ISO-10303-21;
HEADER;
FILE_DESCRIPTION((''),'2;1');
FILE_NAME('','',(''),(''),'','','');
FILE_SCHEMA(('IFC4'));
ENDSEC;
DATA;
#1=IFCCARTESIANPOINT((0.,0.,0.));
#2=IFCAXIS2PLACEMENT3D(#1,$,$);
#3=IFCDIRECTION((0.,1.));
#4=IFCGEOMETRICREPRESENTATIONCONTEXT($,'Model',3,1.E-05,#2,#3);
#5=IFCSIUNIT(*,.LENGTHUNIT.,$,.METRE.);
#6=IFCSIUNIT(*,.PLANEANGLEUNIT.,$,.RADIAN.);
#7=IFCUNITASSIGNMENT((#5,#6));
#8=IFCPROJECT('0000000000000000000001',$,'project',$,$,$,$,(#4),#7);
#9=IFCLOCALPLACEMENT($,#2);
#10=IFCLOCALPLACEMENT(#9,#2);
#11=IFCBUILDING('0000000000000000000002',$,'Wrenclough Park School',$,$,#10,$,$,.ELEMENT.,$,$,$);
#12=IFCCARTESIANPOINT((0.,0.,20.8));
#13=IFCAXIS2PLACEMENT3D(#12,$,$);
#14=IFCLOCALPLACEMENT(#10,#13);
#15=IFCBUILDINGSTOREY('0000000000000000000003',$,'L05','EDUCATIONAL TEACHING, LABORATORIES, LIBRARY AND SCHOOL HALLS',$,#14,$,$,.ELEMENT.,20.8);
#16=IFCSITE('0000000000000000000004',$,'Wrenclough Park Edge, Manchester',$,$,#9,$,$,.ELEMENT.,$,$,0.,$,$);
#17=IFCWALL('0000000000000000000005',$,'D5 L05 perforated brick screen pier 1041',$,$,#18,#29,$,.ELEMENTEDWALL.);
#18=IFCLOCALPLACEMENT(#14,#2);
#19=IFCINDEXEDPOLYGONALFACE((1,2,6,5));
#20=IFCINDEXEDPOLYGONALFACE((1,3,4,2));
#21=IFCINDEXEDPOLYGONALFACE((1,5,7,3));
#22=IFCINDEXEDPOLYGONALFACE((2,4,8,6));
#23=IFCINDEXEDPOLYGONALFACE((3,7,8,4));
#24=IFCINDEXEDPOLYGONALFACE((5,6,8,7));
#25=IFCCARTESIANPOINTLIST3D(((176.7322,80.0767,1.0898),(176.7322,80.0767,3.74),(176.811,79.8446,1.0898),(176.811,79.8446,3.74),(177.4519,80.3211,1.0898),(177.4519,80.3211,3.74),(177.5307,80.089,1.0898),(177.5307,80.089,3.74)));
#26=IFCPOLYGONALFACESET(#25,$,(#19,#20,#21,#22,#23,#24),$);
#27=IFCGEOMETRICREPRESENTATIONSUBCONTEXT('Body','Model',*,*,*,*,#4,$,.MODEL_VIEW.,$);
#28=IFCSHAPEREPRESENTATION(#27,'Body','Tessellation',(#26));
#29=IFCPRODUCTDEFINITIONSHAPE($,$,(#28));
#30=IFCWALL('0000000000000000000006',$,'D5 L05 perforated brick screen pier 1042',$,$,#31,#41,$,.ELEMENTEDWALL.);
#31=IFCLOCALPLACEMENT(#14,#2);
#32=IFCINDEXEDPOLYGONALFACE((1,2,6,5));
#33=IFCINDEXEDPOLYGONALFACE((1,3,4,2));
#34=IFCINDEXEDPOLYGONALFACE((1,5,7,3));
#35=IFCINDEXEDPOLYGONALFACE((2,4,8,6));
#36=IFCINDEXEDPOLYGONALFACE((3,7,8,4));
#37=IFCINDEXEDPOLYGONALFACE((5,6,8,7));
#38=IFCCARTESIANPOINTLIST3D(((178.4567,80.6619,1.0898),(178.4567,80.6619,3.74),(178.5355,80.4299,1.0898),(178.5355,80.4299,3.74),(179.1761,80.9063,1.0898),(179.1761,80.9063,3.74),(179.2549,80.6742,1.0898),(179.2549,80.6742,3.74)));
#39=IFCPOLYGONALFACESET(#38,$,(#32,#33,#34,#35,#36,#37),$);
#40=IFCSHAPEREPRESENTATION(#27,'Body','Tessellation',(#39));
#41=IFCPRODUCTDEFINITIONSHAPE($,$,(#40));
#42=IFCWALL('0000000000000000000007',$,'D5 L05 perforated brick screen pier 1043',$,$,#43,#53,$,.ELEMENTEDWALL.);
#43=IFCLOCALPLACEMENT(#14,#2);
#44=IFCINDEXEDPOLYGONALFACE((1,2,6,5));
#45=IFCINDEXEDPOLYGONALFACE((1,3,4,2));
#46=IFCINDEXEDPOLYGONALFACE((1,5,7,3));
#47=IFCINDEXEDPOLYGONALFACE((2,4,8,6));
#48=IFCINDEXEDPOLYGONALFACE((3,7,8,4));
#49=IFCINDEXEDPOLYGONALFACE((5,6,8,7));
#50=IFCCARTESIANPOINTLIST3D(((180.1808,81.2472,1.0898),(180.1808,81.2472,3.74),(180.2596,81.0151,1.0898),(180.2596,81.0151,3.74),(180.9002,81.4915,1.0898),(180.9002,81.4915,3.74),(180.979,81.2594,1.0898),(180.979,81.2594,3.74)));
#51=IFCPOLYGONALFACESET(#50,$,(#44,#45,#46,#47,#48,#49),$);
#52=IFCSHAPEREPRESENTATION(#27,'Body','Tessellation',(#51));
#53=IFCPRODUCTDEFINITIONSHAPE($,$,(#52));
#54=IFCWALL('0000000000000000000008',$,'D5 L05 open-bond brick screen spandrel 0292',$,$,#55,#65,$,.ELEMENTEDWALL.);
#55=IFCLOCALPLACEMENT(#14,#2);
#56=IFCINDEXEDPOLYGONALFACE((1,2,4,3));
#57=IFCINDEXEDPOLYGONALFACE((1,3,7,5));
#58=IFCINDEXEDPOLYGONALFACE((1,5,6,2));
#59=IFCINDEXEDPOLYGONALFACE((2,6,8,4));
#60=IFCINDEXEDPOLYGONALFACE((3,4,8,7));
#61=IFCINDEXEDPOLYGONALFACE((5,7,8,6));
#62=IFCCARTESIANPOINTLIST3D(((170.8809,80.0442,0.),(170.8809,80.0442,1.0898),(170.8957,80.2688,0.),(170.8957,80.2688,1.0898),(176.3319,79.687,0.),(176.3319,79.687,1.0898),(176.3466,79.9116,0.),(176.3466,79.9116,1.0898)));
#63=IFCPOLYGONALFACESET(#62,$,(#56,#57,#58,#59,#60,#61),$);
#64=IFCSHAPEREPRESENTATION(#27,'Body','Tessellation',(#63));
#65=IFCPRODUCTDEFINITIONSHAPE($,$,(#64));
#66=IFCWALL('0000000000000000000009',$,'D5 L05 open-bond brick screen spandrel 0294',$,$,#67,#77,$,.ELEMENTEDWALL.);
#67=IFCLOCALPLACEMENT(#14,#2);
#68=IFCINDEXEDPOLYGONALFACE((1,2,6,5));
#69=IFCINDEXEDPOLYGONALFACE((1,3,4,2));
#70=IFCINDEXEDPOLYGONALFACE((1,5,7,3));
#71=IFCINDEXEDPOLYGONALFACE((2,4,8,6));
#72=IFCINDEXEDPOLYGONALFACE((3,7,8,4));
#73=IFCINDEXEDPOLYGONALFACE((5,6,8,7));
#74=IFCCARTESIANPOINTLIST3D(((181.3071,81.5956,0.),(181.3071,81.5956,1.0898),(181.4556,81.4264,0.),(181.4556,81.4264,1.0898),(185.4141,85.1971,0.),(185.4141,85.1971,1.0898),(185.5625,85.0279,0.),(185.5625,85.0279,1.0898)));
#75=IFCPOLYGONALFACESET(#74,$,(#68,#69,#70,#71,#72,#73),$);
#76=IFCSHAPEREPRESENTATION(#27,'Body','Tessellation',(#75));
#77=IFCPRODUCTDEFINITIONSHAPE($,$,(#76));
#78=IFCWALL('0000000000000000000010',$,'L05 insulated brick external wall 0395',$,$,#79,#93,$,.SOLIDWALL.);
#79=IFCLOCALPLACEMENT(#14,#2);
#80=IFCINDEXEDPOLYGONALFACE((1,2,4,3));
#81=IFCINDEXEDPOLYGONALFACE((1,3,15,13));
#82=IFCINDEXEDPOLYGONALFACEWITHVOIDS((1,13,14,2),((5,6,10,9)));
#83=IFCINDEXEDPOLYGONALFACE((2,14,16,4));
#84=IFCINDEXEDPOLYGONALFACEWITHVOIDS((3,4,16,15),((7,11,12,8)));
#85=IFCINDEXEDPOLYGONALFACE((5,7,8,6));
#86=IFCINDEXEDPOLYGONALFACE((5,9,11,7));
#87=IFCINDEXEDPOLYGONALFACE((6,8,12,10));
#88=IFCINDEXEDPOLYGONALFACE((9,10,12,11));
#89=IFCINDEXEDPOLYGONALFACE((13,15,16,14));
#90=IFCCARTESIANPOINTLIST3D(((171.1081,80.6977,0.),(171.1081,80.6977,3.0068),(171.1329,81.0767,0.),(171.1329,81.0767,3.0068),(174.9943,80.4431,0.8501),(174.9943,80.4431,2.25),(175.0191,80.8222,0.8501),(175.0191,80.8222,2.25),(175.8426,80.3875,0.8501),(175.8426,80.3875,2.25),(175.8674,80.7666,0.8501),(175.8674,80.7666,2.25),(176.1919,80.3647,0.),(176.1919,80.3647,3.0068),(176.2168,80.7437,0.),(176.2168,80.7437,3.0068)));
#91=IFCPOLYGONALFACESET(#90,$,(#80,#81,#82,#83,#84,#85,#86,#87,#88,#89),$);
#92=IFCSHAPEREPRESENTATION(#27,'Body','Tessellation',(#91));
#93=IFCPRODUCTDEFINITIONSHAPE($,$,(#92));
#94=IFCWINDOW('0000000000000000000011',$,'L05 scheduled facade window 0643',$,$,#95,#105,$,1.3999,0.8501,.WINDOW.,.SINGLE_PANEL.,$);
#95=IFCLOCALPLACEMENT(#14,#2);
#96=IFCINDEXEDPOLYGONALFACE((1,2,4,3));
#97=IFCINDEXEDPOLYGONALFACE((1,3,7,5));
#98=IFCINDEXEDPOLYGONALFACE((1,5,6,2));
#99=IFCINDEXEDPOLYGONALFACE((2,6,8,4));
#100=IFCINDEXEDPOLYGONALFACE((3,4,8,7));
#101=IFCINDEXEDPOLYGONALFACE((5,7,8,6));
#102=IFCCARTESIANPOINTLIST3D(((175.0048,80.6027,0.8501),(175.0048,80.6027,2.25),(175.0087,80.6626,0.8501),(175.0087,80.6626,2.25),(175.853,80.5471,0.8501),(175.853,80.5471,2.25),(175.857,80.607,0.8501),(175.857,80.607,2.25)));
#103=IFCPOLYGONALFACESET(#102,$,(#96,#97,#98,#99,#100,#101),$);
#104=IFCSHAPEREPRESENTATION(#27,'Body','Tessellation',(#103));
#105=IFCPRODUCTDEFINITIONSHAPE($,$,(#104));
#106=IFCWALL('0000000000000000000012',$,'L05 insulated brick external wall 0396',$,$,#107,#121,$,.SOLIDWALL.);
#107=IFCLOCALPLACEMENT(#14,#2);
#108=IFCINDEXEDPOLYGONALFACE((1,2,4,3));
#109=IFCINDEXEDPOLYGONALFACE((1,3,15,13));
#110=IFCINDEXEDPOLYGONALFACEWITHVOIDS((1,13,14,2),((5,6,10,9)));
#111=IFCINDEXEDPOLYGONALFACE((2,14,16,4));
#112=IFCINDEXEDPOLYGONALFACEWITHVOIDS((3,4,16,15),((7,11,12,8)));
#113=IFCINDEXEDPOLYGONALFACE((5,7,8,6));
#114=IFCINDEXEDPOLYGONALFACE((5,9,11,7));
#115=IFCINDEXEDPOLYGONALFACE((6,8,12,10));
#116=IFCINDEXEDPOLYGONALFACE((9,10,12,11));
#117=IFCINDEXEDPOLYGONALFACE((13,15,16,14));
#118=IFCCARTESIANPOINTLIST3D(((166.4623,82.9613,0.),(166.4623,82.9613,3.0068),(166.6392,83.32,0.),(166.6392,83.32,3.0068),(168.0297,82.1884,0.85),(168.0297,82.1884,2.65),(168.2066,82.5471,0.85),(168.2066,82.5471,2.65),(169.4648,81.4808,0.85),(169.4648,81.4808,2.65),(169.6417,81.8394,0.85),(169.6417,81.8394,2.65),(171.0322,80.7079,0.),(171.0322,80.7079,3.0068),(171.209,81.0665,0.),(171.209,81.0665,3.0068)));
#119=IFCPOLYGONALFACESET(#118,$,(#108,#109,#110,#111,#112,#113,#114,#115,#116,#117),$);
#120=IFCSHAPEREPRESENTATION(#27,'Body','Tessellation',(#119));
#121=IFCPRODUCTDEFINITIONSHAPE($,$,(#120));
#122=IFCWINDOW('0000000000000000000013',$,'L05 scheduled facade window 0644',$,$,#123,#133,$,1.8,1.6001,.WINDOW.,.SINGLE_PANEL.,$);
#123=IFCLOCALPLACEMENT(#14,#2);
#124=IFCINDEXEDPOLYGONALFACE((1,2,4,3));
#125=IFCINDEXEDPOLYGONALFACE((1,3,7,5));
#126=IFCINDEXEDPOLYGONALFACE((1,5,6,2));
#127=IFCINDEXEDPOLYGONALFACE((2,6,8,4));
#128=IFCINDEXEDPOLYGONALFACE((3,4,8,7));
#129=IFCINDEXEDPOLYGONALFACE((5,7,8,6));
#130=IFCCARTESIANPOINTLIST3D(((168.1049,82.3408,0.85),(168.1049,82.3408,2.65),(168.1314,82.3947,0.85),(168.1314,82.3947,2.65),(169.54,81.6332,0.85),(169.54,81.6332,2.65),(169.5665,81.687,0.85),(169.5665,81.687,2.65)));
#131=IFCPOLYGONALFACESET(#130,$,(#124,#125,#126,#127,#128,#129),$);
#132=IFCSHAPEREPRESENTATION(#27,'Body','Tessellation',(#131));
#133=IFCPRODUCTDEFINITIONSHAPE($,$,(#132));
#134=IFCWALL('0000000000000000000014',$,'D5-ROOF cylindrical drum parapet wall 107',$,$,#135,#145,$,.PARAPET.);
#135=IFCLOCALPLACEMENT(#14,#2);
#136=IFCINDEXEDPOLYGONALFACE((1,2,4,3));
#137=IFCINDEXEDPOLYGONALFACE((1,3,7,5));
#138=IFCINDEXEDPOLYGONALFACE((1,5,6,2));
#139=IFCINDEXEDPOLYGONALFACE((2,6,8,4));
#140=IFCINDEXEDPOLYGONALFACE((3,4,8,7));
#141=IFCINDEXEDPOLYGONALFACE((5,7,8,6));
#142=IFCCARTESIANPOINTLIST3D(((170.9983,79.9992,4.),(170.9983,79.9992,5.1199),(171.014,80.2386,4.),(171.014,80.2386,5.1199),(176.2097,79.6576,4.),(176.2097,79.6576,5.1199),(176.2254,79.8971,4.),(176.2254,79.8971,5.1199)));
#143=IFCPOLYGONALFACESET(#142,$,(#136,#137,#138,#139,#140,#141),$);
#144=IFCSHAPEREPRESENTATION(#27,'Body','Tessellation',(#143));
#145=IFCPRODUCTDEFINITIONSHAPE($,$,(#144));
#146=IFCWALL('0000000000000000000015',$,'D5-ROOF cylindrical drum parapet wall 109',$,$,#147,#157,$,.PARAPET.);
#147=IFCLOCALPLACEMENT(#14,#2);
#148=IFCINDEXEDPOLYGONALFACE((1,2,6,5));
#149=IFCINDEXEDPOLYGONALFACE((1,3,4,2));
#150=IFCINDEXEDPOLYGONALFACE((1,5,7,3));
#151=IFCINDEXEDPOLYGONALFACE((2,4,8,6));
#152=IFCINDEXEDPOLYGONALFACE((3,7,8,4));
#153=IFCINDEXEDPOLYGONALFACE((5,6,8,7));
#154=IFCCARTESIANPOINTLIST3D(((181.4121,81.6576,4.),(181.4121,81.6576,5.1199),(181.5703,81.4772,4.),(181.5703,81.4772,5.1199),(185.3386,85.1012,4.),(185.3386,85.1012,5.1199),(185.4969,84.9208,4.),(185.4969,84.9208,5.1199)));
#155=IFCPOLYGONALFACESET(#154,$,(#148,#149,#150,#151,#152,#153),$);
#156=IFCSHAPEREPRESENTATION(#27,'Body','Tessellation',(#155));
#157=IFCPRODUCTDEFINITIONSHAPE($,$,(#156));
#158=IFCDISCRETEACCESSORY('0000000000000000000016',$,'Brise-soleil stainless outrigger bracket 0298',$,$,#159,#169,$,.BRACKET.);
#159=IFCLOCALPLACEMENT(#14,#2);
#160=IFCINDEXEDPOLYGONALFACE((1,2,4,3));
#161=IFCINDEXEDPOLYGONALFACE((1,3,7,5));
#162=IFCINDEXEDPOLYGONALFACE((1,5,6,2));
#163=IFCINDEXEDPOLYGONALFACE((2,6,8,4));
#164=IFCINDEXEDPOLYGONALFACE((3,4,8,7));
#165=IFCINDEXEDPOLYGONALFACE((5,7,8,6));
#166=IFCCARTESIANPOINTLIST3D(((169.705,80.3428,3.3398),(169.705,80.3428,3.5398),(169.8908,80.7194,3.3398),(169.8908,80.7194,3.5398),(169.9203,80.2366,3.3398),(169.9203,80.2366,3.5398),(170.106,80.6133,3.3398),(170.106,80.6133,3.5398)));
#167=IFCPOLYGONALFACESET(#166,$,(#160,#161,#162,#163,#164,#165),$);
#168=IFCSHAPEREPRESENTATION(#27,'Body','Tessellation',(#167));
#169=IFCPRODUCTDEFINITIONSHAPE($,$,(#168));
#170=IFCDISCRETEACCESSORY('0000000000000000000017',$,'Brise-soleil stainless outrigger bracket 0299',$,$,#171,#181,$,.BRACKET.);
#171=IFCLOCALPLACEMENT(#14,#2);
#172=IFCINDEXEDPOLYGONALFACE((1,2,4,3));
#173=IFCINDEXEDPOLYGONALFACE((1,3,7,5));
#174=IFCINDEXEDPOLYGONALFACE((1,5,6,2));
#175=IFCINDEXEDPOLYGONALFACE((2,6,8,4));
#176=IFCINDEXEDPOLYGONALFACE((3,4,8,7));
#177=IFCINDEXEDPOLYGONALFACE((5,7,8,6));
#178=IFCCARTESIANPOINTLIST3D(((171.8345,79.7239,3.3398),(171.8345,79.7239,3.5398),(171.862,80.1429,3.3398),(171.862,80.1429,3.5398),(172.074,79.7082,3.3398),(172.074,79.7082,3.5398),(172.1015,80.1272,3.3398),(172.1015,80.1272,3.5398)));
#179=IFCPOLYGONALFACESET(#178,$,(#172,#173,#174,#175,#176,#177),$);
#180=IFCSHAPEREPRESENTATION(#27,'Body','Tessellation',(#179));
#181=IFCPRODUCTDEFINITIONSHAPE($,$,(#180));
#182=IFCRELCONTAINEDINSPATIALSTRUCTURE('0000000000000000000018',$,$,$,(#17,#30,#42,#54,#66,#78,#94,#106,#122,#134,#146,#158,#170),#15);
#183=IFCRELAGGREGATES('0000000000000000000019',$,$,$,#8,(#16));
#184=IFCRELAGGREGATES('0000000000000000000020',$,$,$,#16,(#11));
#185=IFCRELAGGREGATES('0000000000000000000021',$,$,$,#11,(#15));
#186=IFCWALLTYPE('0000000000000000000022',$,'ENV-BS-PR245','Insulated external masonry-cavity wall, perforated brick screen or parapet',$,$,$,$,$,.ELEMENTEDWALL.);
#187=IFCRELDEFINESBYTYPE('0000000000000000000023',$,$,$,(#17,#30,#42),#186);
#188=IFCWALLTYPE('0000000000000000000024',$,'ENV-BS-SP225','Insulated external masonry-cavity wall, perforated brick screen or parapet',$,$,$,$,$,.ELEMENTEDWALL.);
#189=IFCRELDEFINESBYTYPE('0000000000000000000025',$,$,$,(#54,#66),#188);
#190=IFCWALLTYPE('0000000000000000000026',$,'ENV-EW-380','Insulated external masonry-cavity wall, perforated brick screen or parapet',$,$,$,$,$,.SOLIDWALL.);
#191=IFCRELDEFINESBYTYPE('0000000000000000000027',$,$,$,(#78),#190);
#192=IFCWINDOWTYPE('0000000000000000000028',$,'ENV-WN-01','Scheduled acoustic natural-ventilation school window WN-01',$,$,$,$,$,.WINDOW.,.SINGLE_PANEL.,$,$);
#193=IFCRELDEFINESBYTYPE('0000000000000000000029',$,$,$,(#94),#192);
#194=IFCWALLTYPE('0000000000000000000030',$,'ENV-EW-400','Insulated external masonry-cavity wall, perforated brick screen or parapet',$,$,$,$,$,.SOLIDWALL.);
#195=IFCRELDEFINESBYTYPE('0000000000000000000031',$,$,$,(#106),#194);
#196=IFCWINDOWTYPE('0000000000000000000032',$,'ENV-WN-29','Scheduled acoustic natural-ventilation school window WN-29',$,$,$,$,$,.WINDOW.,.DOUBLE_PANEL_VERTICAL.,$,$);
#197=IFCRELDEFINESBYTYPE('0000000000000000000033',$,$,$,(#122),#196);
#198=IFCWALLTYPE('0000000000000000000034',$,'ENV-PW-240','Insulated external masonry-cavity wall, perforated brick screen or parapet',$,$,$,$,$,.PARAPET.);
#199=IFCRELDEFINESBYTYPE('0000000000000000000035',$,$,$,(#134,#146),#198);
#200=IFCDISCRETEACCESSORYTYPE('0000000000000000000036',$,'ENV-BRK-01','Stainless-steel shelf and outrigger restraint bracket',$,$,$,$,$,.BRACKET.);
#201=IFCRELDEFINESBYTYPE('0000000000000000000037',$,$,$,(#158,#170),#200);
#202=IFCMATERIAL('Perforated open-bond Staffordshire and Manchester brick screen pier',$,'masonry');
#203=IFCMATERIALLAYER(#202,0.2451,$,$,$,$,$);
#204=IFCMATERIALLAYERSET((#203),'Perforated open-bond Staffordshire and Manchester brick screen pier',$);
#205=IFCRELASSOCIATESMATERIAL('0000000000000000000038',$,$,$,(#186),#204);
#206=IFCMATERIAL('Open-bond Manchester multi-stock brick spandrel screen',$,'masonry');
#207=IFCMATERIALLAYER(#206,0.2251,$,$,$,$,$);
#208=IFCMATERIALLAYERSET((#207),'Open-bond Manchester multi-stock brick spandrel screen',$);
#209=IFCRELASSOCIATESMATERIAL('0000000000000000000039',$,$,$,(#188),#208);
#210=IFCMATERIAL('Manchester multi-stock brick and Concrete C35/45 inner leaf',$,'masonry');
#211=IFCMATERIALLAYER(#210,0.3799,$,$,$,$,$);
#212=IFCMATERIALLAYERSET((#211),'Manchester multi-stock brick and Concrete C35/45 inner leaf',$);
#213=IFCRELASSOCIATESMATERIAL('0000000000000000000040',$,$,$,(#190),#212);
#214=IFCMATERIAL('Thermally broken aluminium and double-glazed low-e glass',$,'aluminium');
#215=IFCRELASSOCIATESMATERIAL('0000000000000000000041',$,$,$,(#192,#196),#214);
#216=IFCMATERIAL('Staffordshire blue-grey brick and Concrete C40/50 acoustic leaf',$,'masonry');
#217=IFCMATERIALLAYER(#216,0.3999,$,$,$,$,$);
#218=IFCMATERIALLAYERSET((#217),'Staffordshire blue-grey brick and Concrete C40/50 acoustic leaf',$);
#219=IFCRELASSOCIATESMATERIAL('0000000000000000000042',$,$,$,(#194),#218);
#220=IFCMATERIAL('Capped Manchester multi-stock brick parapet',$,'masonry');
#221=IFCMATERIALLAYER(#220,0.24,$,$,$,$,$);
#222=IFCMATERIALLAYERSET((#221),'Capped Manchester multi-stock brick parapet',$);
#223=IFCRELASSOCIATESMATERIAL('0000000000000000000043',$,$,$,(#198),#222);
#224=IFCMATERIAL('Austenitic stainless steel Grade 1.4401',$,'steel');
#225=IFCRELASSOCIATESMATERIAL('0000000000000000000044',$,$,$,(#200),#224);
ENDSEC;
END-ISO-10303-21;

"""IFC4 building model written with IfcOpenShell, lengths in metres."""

from ifc_helpers import new_model, si_unit, direction, frame, frame_2d, origin, origin_2d, place, context, subcontext, project, spatial, rectangle, extrude, material, layer, layer_set, type_object, element, fill, save


model = new_model("IFC4")

# Units and contexts
model_context = context("Model", 3, precision=1e-05, world=origin(), true_north=direction((0.0, 1.0)))
body_context = subcontext(model_context, "Body", "Model", "MODEL_VIEW")
ifc_project = project(units=[si_unit("LENGTHUNIT", "METRE"), si_unit("PLANEANGLEUNIT", "RADIAN")], contexts=[model_context])

# Site, building, storey
site_placement = place(None, origin())
site = spatial("IfcSite", under=ifc_project, at=site_placement, Name="Wrenclough Park Edge, Manchester", CompositionType="ELEMENT", RefElevation=0.0)
building_placement = place(site_placement, origin())
building = spatial("IfcBuilding", under=site, at=building_placement, Name="Wrenclough Park School", CompositionType="ELEMENT")
storey_placement = place(building_placement, frame((0.0, 0.0, 20.8)))
storey = spatial("IfcBuildingStorey", under=building, at=storey_placement, Name="L05", Description="EDUCATIONAL TEACHING, LABORATORIES, LIBRARY AND SCHOOL HALLS", CompositionType="ELEMENT", Elevation=20.8)

# Walls
ifc_material_1 = material(Name="Perforated open-bond Staffordshire and Manchester brick screen pier", Category="masonry")
ifc_layer_1 = layer(ifc_material_1, 0.2451)
ifc_layer_set_1 = layer_set([ifc_layer_1], Name="Perforated open-bond Staffordshire and Manchester brick screen pier")
wall_type_1 = type_object("IfcWallType", Name="ENV-BS-PR245", Description="Insulated external masonry-cavity wall, perforated brick screen or parapet", PredefinedType="ELEMENTEDWALL", material=ifc_layer_set_1)
for number, where, z_axis, x_axis, name in (
    (1, (176.7717, 79.9607, 1.0898), (0.0, 0.0, 1.0), (0.946902, 0.321523, 0.0), "D5 L05 perforated brick screen pier 1041"),
):
    element("IfcWall", number, at=place(storey_placement, frame(where, z_axis=z_axis, x_axis=x_axis)), inside=storey, type_object=wall_type_1, Name=name, PredefinedType="ELEMENTEDWALL", context=body_context, shape_type="SweptSolid", body=[
        extrude(rectangle(XDim=0.76, YDim=0.2451, at=frame_2d((0.3799, 0.0))), origin(), (0.0, 0.0, 1.0), 2.6501),
    ])
for number, where, z_axis, x_axis, name in (
    (2, (178.4961, 80.5459, 1.0898), (0.0, 0.0, 1.0), (0.946869, 0.32162, 0.0), "D5 L05 perforated brick screen pier 1042"),
    (3, (180.2202, 81.1311, 1.0898), (0.0, 0.0, 1.0), (0.946869, 0.32162, 0.0), "D5 L05 perforated brick screen pier 1043"),
):
    element("IfcWall", number, at=place(storey_placement, frame(where, z_axis=z_axis, x_axis=x_axis)), inside=storey, type_object=wall_type_1, Name=name, PredefinedType="ELEMENTEDWALL", context=body_context, shape_type="SweptSolid", body=[
        extrude(rectangle(XDim=0.7598, YDim=0.2451, at=frame_2d((0.3799, 0.0))), origin(), (0.0, 0.0, 1.0), 2.6501),
    ])
ifc_material_2 = material(Name="Open-bond Manchester multi-stock brick spandrel screen", Category="masonry")
ifc_layer_2 = layer(ifc_material_2, 0.2251)
ifc_layer_set_2 = layer_set([ifc_layer_2], Name="Open-bond Manchester multi-stock brick spandrel screen")
wall_type_2 = type_object("IfcWallType", Name="ENV-BS-SP225", Description="Insulated external masonry-cavity wall, perforated brick screen or parapet", PredefinedType="ELEMENTEDWALL", material=ifc_layer_set_2)
wall_1_placement = place(storey_placement, frame((170.8882, 80.1565, 0.0), z_axis=(0.0, 0.0, 1.0), x_axis=(0.99786, -0.065386, 0.0)))
element("IfcWall", 4, at=wall_1_placement, inside=storey, type_object=wall_type_2, Name="D5 L05 open-bond brick screen spandrel 0292", PredefinedType="ELEMENTEDWALL", context=body_context, shape_type="SweptSolid", body=[
    extrude(rectangle(XDim=5.4626, YDim=0.2251, at=frame_2d((2.7314, 0.0))), origin(), (0.0, 0.0, 1.0), 1.0898),
])
wall_2_placement = place(storey_placement, frame((181.3813, 81.511, 0.0), z_axis=(0.0, 0.0, 1.0), x_axis=(0.751851, 0.659333, 0.0)))
element("IfcWall", 5, at=wall_2_placement, inside=storey, type_object=wall_type_2, Name="D5 L05 open-bond brick screen spandrel 0294", PredefinedType="ELEMENTEDWALL", context=body_context, shape_type="SweptSolid", body=[
    extrude(rectangle(XDim=5.4624, YDim=0.2251, at=frame_2d((2.7312, 0.0))), origin(), (0.0, 0.0, 1.0), 1.0898),
])

# Walls, openings, windows
ifc_material_3 = material(Name="Manchester multi-stock brick and Concrete C35/45 inner leaf", Category="masonry")
ifc_layer_3 = layer(ifc_material_3, 0.3799)
ifc_layer_set_3 = layer_set([ifc_layer_3], Name="Manchester multi-stock brick and Concrete C35/45 inner leaf")
wall_type_3 = type_object("IfcWallType", Name="ENV-EW-380", Description="Insulated external masonry-cavity wall, perforated brick screen or parapet", PredefinedType="SOLIDWALL", material=ifc_layer_set_3)
wall_3_placement = place(storey_placement, frame((176.2043, 80.5542, 0.0), z_axis=(0.0, 0.0, 1.0), x_axis=(-0.997861, 0.065364, 0.0)))
wall_3 = element("IfcWall", 6, at=wall_3_placement, inside=storey, type_object=wall_type_3, Name="L05 insulated brick external wall 0395", PredefinedType="SOLIDWALL", context=body_context, shape_type="SweptSolid", body=[
    extrude(rectangle(XDim=5.0947, YDim=0.3799, at=frame_2d((2.5474, 0.0))), origin(), (0.0, 0.0, 1.0), 3.0068),
])
opening_1_placement = place(wall_3_placement, frame((0.3501, 0.0, 0.8501)))
opening_1 = element("IfcOpeningElement", 7, at=opening_1_placement, cuts=wall_3, PredefinedType="OPENING", context=body_context, shape_type="SweptSolid", body=[
    extrude(rectangle(XDim=0.8501, YDim=1.3999, at=frame_2d((0.425, 0.7))), frame((0.0, 0.2, 0.0), z_axis=(0.0, -1.0, 0.0), x_axis=(1.0, 0.0, 0.0)), (0.0, 0.0, 1.0), 0.3999),
])
ifc_material_4 = material(Name="Thermally broken aluminium and double-glazed low-e glass", Category="aluminium")
window_type_1 = type_object("IfcWindowType", Name="ENV-WN-01", Description="Scheduled acoustic natural-ventilation school window WN-01", PartitioningType="SINGLE_PANEL", PredefinedType="WINDOW", material=ifc_material_4)
window_1_placement = place(opening_1_placement, origin())
window_1 = element("IfcWindow", 8, at=window_1_placement, inside=storey, type_object=window_type_1, Name="L05 scheduled facade window 0643", OverallHeight=1.3999, OverallWidth=0.8501, PartitioningType="SINGLE_PANEL", PredefinedType="WINDOW", context=body_context, shape_type="SweptSolid", body=[
    extrude(rectangle(XDim=0.8501, YDim=1.3999, at=frame_2d((0.425, 0.7))), frame((0.0, 0.03, 0.0), z_axis=(0.0, -1.0, 0.0), x_axis=(1.0, 0.0, 0.0)), (0.0, 0.0, 1.0), 0.0601),
])
fill(opening_1, window_1)
ifc_material_5 = material(Name="Staffordshire blue-grey brick and Concrete C40/50 acoustic leaf", Category="masonry")
ifc_layer_4 = layer(ifc_material_5, 0.3999)
ifc_layer_set_4 = layer_set([ifc_layer_4], Name="Staffordshire blue-grey brick and Concrete C40/50 acoustic leaf")
wall_type_4 = type_object("IfcWallType", Name="ENV-EW-400", Description="Insulated external masonry-cavity wall, perforated brick screen or parapet", PredefinedType="SOLIDWALL", material=ifc_layer_set_4)
wall_4_placement = place(storey_placement, frame((171.1206, 80.8872, 0.0), z_axis=(0.0, 0.0, 1.0), x_axis=(-0.896886, 0.442262, 0.0)))
wall_4 = element("IfcWall", 9, at=wall_4_placement, inside=storey, type_object=wall_type_4, Name="L05 insulated brick external wall 0396", PredefinedType="SOLIDWALL", context=body_context, shape_type="SweptSolid", body=[
    extrude(rectangle(XDim=5.0952, YDim=0.3999, at=frame_2d((2.5476, 0.0))), origin(), (0.0, 0.0, 1.0), 3.0068),
])
opening_2_placement = place(wall_4_placement, frame((1.7476, 0.0, 0.8501)))
opening_2 = element("IfcOpeningElement", 10, at=opening_2_placement, cuts=wall_4, PredefinedType="OPENING", context=body_context, shape_type="SweptSolid", body=[
    extrude(rectangle(XDim=1.6001, YDim=1.8, at=frame_2d((0.8, 0.8999))), frame((0.0, 0.21, 0.0), z_axis=(0.0, -1.0, 0.0), x_axis=(1.0, 0.0, 0.0)), (0.0, 0.0, 1.0), 0.4199),
])
window_type_2 = type_object("IfcWindowType", Name="ENV-WN-29", Description="Scheduled acoustic natural-ventilation school window WN-29", PartitioningType="DOUBLE_PANEL_VERTICAL", PredefinedType="WINDOW", material=ifc_material_4)
window_2_placement = place(opening_2_placement, origin())
window_2 = element("IfcWindow", 11, at=window_2_placement, inside=storey, type_object=window_type_2, Name="L05 scheduled facade window 0644", OverallHeight=1.8, OverallWidth=1.6001, PartitioningType="SINGLE_PANEL", PredefinedType="WINDOW", context=body_context, shape_type="SweptSolid", body=[
    extrude(rectangle(XDim=1.6001, YDim=1.8, at=frame_2d((0.8, 0.8999))), frame((0.0, 0.03, 0.0), z_axis=(0.0, -1.0, 0.0), x_axis=(1.0, 0.0, 0.0)), (0.0, 0.0, 1.0), 0.0601),
])
fill(opening_2, window_2)

# Walls
ifc_material_6 = material(Name="Capped Manchester multi-stock brick parapet", Category="masonry")
ifc_layer_5 = layer(ifc_material_6, 0.24)
ifc_layer_set_5 = layer_set([ifc_layer_5], Name="Capped Manchester multi-stock brick parapet")
wall_type_5 = type_object("IfcWallType", Name="ENV-PW-240", Description="Insulated external masonry-cavity wall, perforated brick screen or parapet", PredefinedType="PARAPET", material=ifc_layer_set_5)
for number, where, z_axis, x_axis, name in (
    (12, (171.0061, 80.1189, 4.0), (0.0, 0.0, 1.0), (0.997859, -0.065399, 0.0), "D5-ROOF cylindrical drum parapet wall 107"),
    (13, (181.4912, 81.5674, 4.0), (0.0, 0.0, 1.0), (0.751826, 0.659361, 0.0), "D5-ROOF cylindrical drum parapet wall 109"),
):
    element("IfcWall", number, at=place(storey_placement, frame(where, z_axis=z_axis, x_axis=x_axis)), inside=storey, type_object=wall_type_5, Name=name, PredefinedType="PARAPET", context=body_context, shape_type="SweptSolid", body=[
        extrude(rectangle(XDim=5.2227, YDim=0.24, at=frame_2d((2.6113, 0.0))), origin(), (0.0, 0.0, 1.0), 1.1199),
    ])

# Discrete accessories
ifc_material_7 = material(Name="Austenitic stainless steel Grade 1.4401", Category="steel")
discrete_accessory_type = type_object("IfcDiscreteAccessoryType", Name="ENV-BRK-01", Description="Stainless-steel shelf and outrigger restraint bracket", PredefinedType="BRACKET", material=ifc_material_7)
for number, where, z_axis, x_axis, name in (
    (14, (169.9055, 80.478, 3.3398), (0.0, 0.0, 1.0), (0.896867, -0.442301, 0.0), "Brise-soleil stainless outrigger bracket 0298"),
    (15, (171.968, 79.9255, 3.3398), (0.0, 0.0, 1.0), (0.99786, -0.06539, 0.0), "Brise-soleil stainless outrigger bracket 0299"),
):
    element("IfcDiscreteAccessory", number, at=place(storey_placement, frame(where, z_axis=z_axis, x_axis=x_axis)), inside=storey, type_object=discrete_accessory_type, Name=name, PredefinedType="BRACKET", context=body_context, shape_type="SweptSolid", body=[
        extrude(rectangle(XDim=0.24, YDim=0.4199, at=origin_2d()), origin(), (0.0, 0.0, 1.0), 0.2),
    ])

save(model, "model.ifc")
